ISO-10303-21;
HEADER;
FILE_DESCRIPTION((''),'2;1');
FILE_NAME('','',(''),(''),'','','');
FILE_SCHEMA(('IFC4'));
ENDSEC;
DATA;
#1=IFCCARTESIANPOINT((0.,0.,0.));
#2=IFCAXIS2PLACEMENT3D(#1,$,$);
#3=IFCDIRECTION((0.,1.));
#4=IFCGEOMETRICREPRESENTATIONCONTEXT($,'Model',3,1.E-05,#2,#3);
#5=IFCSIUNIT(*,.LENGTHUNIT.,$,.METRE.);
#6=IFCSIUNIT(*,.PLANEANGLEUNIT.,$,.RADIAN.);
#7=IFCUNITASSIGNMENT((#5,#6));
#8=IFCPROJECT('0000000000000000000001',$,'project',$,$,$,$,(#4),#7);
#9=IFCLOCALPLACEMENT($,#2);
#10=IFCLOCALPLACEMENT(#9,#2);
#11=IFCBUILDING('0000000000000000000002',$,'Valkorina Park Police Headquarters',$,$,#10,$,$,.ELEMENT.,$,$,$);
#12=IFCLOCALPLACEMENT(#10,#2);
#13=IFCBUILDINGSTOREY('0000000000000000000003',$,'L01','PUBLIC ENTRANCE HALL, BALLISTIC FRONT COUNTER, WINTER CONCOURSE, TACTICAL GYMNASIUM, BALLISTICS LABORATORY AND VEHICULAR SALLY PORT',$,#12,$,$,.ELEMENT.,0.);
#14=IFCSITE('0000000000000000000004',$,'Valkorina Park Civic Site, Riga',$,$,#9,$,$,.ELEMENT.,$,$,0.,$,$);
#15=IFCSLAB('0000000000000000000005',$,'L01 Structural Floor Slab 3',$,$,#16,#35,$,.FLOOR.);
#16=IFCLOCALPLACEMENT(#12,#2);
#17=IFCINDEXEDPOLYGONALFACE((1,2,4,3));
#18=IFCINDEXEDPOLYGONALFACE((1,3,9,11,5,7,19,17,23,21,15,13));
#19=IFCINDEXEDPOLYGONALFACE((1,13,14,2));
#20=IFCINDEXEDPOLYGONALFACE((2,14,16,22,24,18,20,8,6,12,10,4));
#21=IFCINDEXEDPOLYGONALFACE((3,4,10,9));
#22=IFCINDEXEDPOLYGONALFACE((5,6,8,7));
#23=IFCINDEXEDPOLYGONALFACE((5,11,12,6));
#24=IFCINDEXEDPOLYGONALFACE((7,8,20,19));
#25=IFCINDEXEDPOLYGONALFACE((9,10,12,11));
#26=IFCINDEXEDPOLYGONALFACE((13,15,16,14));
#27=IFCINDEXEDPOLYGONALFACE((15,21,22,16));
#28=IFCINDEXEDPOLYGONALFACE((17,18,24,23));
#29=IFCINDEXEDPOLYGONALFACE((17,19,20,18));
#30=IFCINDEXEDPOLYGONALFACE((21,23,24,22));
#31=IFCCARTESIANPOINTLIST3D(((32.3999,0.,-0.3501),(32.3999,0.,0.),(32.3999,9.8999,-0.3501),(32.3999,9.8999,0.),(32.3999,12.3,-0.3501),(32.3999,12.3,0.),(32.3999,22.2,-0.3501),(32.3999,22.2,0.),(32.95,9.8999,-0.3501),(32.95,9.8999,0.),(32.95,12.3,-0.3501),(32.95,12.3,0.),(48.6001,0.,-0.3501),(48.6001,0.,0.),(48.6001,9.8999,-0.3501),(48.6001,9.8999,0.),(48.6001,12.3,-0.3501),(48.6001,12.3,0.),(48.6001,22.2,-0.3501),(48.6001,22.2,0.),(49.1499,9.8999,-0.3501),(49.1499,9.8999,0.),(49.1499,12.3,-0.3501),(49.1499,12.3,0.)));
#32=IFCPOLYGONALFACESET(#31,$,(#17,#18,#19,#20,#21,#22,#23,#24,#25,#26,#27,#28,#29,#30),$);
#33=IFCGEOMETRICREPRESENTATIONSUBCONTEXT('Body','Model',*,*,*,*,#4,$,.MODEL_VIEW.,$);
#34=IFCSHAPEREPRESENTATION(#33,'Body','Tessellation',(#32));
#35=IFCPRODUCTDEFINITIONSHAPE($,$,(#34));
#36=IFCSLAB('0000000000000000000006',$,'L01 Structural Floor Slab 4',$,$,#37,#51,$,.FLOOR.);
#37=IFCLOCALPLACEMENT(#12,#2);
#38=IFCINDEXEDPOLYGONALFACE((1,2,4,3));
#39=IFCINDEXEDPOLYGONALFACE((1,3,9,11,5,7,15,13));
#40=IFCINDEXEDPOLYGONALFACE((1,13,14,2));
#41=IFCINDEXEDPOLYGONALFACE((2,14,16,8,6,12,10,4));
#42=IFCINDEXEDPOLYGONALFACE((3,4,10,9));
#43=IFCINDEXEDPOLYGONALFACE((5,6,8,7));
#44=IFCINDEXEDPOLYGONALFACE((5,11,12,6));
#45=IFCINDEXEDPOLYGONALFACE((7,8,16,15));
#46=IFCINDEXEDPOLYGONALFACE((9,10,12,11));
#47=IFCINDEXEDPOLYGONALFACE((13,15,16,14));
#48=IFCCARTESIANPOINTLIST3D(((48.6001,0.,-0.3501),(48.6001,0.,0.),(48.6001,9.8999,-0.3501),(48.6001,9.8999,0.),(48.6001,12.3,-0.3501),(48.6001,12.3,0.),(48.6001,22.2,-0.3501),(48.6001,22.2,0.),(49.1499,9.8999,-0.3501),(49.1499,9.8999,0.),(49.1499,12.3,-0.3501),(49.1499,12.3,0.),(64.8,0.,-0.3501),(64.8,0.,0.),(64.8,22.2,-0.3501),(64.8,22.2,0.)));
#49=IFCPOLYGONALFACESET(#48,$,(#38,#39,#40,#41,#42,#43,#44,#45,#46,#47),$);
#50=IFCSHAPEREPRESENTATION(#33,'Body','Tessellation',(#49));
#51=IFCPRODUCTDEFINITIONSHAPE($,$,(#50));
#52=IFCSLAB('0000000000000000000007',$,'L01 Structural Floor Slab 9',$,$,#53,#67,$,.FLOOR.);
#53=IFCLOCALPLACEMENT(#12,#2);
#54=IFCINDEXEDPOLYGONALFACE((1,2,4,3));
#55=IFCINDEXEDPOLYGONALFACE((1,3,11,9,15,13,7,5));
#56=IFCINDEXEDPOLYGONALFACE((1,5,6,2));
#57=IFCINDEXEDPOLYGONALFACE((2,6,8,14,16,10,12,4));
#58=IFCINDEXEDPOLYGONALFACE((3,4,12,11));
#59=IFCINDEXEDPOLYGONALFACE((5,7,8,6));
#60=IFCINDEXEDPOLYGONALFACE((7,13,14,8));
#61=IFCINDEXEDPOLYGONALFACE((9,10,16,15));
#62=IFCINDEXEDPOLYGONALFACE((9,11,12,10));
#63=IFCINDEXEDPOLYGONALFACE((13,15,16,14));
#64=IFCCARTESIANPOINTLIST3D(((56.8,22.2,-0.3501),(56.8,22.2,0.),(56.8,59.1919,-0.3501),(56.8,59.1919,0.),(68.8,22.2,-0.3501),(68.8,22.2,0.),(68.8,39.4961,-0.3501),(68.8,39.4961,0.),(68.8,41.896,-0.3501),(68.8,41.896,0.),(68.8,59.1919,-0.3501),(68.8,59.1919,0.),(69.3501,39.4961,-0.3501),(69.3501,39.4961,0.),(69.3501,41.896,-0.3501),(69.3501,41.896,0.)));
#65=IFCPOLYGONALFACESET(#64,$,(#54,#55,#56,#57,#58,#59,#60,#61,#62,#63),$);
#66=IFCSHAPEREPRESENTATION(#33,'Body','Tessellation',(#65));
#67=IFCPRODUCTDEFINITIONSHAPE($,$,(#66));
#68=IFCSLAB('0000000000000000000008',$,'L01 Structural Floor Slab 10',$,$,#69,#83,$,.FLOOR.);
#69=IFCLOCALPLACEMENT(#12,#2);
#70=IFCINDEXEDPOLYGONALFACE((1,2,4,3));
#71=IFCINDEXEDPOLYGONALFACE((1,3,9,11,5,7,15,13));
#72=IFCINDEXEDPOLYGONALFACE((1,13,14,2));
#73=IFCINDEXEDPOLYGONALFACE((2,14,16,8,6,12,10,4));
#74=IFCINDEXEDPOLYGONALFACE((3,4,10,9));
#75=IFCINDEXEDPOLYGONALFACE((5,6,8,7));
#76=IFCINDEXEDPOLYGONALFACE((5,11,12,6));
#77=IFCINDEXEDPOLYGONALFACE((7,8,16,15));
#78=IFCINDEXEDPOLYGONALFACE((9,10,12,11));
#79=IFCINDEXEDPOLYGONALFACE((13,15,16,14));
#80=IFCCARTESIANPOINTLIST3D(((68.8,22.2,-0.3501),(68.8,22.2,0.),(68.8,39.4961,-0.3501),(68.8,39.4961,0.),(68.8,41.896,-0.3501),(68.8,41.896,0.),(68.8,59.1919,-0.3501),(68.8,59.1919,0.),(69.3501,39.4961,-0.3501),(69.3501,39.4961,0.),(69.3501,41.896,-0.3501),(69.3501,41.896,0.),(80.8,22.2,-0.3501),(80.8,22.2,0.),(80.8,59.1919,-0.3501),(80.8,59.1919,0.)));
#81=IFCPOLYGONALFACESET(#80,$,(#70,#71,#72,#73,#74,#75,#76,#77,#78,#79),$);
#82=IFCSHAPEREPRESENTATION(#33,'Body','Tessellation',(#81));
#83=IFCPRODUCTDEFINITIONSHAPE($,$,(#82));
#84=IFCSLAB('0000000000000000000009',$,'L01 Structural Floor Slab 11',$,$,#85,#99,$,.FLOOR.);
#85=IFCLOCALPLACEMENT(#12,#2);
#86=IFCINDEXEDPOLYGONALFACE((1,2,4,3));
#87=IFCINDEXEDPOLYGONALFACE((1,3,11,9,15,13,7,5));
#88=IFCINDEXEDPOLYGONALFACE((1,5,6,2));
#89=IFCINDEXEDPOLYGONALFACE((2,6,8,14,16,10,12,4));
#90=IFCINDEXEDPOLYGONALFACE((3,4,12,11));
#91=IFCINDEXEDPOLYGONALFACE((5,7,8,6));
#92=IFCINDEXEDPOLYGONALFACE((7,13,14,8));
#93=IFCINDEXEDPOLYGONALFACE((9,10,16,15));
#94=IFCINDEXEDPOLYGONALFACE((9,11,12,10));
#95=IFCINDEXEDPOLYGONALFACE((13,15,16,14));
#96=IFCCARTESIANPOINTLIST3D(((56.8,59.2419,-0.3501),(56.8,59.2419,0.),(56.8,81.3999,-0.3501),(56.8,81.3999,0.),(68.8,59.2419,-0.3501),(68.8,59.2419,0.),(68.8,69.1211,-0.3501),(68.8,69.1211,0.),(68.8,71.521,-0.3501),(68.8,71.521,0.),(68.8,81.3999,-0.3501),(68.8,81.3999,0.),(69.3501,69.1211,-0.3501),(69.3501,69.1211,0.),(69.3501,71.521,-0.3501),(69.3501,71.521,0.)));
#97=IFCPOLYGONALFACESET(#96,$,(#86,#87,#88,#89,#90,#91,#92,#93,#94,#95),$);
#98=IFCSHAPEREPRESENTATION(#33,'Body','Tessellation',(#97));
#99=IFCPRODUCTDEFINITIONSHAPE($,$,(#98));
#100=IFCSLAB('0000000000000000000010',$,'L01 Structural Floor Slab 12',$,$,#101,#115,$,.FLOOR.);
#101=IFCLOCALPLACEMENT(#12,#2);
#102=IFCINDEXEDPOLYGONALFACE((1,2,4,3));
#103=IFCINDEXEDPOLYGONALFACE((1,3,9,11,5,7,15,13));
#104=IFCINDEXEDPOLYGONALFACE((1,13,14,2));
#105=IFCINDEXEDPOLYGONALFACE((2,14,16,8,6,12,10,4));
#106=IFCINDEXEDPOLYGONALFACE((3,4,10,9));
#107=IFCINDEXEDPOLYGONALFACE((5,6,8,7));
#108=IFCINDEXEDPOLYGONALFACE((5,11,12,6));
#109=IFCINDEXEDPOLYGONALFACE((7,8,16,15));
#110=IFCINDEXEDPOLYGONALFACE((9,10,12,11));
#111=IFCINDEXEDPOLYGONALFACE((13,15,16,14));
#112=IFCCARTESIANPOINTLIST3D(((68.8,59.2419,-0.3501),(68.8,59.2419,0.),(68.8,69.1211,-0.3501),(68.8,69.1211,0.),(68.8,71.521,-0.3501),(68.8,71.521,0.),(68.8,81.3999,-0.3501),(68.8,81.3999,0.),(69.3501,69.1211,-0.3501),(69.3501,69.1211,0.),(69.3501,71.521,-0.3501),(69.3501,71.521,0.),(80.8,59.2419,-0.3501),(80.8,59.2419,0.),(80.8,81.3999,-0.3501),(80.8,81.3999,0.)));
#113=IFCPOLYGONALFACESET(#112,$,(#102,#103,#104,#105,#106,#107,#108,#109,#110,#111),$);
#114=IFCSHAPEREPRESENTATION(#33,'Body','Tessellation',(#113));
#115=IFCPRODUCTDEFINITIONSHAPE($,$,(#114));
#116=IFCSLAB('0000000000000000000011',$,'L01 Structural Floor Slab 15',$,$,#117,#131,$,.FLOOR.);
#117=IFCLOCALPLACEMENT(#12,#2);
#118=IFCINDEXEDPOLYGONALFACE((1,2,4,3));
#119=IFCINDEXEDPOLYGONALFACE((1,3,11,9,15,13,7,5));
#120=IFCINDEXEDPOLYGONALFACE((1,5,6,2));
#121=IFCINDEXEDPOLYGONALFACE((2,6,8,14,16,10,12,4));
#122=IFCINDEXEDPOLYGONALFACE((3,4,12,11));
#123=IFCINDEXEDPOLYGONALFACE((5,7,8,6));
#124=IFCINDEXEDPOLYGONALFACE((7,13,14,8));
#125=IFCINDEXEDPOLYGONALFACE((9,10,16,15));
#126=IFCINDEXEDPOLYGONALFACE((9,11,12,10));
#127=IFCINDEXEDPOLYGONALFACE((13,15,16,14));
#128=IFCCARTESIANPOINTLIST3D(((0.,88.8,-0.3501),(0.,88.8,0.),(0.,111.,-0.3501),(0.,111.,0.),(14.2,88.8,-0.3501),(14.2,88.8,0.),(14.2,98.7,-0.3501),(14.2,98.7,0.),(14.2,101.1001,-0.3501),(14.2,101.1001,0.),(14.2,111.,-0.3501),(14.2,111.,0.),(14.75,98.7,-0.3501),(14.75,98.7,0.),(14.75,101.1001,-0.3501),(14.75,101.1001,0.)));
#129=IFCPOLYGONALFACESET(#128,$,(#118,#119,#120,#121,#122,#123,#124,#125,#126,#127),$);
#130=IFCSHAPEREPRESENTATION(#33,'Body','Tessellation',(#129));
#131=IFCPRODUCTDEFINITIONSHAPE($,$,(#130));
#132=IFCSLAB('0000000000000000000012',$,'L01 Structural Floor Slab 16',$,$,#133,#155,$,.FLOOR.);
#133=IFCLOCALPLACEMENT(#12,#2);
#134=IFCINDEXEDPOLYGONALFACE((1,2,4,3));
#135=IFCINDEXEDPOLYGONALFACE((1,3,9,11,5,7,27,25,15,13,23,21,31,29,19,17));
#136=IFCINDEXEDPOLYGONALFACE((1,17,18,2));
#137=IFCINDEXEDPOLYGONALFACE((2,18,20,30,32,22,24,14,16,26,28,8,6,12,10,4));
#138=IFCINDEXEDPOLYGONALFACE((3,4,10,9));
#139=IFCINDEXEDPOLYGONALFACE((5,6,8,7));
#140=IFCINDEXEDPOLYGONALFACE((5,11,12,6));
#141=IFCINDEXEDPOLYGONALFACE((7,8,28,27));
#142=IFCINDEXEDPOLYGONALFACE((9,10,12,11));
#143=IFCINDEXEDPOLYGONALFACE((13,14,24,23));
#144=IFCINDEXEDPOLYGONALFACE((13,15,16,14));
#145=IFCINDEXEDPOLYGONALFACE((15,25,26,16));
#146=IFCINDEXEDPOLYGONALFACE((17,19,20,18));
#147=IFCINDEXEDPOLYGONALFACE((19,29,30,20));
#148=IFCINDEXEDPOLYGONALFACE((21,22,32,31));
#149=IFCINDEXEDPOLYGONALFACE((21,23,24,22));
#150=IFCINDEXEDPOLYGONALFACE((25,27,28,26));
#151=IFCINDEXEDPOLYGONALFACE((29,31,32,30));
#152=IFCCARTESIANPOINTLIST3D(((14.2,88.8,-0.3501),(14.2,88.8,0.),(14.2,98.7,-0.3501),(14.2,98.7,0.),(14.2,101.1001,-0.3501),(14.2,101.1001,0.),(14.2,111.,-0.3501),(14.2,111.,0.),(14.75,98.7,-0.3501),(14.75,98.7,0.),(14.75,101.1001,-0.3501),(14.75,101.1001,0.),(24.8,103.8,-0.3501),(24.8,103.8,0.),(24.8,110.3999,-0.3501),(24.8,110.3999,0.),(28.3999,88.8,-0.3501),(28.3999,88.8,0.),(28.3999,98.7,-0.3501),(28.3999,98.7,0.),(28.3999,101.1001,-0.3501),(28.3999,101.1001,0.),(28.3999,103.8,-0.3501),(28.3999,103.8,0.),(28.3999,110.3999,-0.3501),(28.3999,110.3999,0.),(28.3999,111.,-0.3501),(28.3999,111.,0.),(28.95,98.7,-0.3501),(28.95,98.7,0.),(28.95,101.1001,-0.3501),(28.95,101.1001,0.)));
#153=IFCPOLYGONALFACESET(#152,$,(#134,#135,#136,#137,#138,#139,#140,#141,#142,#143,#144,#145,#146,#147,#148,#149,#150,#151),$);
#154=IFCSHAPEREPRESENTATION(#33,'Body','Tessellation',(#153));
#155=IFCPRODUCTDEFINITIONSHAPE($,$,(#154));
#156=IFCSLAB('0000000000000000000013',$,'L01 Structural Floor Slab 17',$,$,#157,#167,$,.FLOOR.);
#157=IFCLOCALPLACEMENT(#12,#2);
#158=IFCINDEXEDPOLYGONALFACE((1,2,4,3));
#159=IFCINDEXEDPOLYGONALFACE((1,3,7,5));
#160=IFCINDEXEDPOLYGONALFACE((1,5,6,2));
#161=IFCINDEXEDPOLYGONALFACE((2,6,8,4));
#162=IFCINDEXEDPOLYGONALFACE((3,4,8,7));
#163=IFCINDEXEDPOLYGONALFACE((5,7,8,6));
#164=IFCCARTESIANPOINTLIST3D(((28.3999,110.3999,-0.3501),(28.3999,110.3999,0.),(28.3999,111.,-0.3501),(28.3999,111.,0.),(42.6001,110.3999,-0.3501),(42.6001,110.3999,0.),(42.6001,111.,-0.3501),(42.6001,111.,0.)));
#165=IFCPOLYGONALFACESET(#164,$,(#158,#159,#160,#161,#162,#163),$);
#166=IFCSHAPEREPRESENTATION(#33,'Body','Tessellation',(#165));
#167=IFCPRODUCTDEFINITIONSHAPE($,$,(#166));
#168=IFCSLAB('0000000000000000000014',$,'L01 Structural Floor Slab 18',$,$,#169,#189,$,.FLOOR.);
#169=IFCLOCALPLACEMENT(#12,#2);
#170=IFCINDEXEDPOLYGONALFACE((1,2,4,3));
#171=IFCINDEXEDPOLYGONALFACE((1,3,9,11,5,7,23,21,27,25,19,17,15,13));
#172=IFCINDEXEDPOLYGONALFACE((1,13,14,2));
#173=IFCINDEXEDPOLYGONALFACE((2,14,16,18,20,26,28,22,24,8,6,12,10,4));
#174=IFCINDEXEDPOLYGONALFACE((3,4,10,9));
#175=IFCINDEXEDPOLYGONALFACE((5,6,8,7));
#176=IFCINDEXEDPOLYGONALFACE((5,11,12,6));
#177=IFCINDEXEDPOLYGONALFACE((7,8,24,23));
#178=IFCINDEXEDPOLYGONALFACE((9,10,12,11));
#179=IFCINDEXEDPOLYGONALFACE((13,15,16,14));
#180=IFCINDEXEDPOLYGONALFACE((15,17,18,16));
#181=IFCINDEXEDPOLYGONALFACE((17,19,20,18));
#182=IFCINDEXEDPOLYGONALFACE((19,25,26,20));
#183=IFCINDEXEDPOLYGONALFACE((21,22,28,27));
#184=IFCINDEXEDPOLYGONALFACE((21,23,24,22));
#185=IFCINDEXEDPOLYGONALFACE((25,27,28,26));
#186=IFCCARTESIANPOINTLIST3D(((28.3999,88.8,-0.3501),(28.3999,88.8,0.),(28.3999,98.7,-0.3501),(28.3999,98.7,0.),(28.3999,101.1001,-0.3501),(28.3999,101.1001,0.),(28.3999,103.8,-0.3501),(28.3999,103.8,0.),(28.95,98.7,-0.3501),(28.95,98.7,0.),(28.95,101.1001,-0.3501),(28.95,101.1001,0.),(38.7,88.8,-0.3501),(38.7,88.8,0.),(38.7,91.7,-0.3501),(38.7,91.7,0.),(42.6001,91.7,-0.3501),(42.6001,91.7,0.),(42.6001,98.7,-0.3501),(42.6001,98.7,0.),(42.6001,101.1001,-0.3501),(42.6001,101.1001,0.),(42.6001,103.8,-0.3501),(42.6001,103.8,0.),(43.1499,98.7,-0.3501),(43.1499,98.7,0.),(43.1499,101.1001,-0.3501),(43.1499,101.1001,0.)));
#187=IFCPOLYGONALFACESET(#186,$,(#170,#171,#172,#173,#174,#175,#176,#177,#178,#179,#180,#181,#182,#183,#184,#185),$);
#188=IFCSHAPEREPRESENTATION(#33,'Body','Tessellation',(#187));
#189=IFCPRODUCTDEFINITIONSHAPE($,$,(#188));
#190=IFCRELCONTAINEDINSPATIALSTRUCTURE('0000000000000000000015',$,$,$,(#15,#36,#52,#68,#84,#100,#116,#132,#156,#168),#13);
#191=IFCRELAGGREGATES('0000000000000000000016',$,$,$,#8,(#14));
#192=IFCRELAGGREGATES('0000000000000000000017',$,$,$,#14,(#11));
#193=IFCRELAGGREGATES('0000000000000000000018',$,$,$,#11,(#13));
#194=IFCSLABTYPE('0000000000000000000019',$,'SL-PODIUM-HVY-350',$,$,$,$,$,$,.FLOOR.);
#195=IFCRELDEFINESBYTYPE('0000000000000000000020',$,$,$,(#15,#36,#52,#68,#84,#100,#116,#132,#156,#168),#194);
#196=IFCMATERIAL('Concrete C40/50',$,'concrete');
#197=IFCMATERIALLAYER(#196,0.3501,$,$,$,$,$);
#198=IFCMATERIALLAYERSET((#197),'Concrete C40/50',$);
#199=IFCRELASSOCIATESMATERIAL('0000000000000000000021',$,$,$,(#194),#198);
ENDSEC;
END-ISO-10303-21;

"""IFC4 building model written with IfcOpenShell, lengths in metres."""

from ifc_helpers import new_model, si_unit, direction, frame, origin, place, context, subcontext, project, spatial, polyline, outline, extrude, material, layer, layer_set, type_object, element, save


model = new_model("IFC4")

# Units and contexts
model_context = context("Model", 3, precision=1e-05, world=origin(), true_north=direction((0.0, 1.0)))
body_context = subcontext(model_context, "Body", "Model", "MODEL_VIEW")
ifc_project = project(units=[si_unit("LENGTHUNIT", "METRE"), si_unit("PLANEANGLEUNIT", "RADIAN")], contexts=[model_context])

# Site, building, storey
site_placement = place(None, origin())
site = spatial("IfcSite", under=ifc_project, at=site_placement, Name="Valkorina Park Civic Site, Riga", CompositionType="ELEMENT", RefElevation=0.0)
building_placement = place(site_placement, origin())
building = spatial("IfcBuilding", under=site, at=building_placement, Name="Valkorina Park Police Headquarters", CompositionType="ELEMENT")
storey_placement = place(building_placement, origin())
storey = spatial("IfcBuildingStorey", under=building, at=storey_placement, Name="L01", Description="PUBLIC ENTRANCE HALL, BALLISTIC FRONT COUNTER, WINTER CONCOURSE, TACTICAL GYMNASIUM, BALLISTICS LABORATORY AND VEHICULAR SALLY PORT", CompositionType="ELEMENT", Elevation=0.0)

# Slabs
ifc_material_1 = material(Name="Concrete C40/50", Category="concrete")
ifc_layer_1 = layer(ifc_material_1, 0.3501)
ifc_layer_set_1 = layer_set([ifc_layer_1], Name="Concrete C40/50")
slab_type_1 = type_object("IfcSlabType", Name="SL-PODIUM-HVY-350", PredefinedType="FLOOR", material=ifc_layer_set_1)
slab_1_placement = place(storey_placement, frame((0.0, 0.0, -0.3501)))
element("IfcSlab", 1, at=slab_1_placement, inside=storey, type_object=slab_type_1, Name="L01 Structural Floor Slab 3", PredefinedType="FLOOR", context=body_context, shape_type="SweptSolid", body=[
    extrude(outline(polyline([(48.6001, 22.2), (32.3999, 22.2), (32.3999, 12.3), (32.95, 12.3), (32.95, 9.8999), (32.3999, 9.8999), (32.3999, 0.0), (48.6001, 0.0), (48.6001, 9.8999), (49.1499, 9.8999), (49.1499, 12.3), (48.6001, 12.3), (48.6001, 22.2)])), origin(), (0.0, 0.0, 1.0), 0.3501),
])
slab_2_placement = place(storey_placement, frame((0.0, 0.0, -0.3501)))
element("IfcSlab", 2, at=slab_2_placement, inside=storey, type_object=slab_type_1, Name="L01 Structural Floor Slab 4", PredefinedType="FLOOR", context=body_context, shape_type="SweptSolid", body=[
    extrude(outline(polyline([(48.6001, 22.2), (48.6001, 12.3), (49.1499, 12.3), (49.1499, 9.8999), (48.6001, 9.8999), (48.6001, 0.0), (64.8, 0.0), (64.8, 22.2), (48.6001, 22.2)])), origin(), (0.0, 0.0, 1.0), 0.3501),
])
slab_3_placement = place(storey_placement, frame((0.0, 0.0, -0.3501)))
element("IfcSlab", 3, at=slab_3_placement, inside=storey, type_object=slab_type_1, Name="L01 Structural Floor Slab 9", PredefinedType="FLOOR", context=body_context, shape_type="SweptSolid", body=[
    extrude(outline(polyline([(68.8, 22.2), (68.8, 39.4961), (69.3501, 39.4961), (69.3501, 41.896), (68.8, 41.896), (68.8, 59.1919), (56.8, 59.1919), (56.8, 22.2), (68.8, 22.2)])), origin(), (0.0, 0.0, 1.0), 0.3501),
])
slab_4_placement = place(storey_placement, frame((0.0, 0.0, -0.3501)))
element("IfcSlab", 4, at=slab_4_placement, inside=storey, type_object=slab_type_1, Name="L01 Structural Floor Slab 10", PredefinedType="FLOOR", context=body_context, shape_type="SweptSolid", body=[
    extrude(outline(polyline([(68.8, 59.1919), (68.8, 41.896), (69.3501, 41.896), (69.3501, 39.4961), (68.8, 39.4961), (68.8, 22.2), (80.8, 22.2), (80.8, 59.1919), (68.8, 59.1919)])), origin(), (0.0, 0.0, 1.0), 0.3501),
])
slab_5_placement = place(storey_placement, frame((0.0, 0.0, -0.3501)))
element("IfcSlab", 5, at=slab_5_placement, inside=storey, type_object=slab_type_1, Name="L01 Structural Floor Slab 11", PredefinedType="FLOOR", context=body_context, shape_type="SweptSolid", body=[
    extrude(outline(polyline([(68.8, 59.2419), (68.8, 69.1211), (69.3501, 69.1211), (69.3501, 71.521), (68.8, 71.521), (68.8, 81.3999), (56.8, 81.3999), (56.8, 59.2419), (68.8, 59.2419)])), origin(), (0.0, 0.0, 1.0), 0.3501),
])
slab_6_placement = place(storey_placement, frame((0.0, 0.0, -0.3501)))
element("IfcSlab", 6, at=slab_6_placement, inside=storey, type_object=slab_type_1, Name="L01 Structural Floor Slab 12", PredefinedType="FLOOR", context=body_context, shape_type="SweptSolid", body=[
    extrude(outline(polyline([(68.8, 81.3999), (68.8, 71.521), (69.3501, 71.521), (69.3501, 69.1211), (68.8, 69.1211), (68.8, 59.2419), (80.8, 59.2419), (80.8, 81.3999), (68.8, 81.3999)])), origin(), (0.0, 0.0, 1.0), 0.3501),
])
slab_7_placement = place(storey_placement, frame((0.0, 0.0, -0.3501)))
element("IfcSlab", 7, at=slab_7_placement, inside=storey, type_object=slab_type_1, Name="L01 Structural Floor Slab 15", PredefinedType="FLOOR", context=body_context, shape_type="SweptSolid", body=[
    extrude(outline(polyline([(14.2, 88.8), (14.2, 98.7), (14.75, 98.7), (14.75, 101.1001), (14.2, 101.1001), (14.2, 111.0), (0.0, 111.0), (0.0, 88.8), (14.2, 88.8)])), origin(), (0.0, 0.0, 1.0), 0.3501),
])
slab_8_placement = place(storey_placement, frame((0.0, 0.0, -0.3501)))
element("IfcSlab", 8, at=slab_8_placement, inside=storey, type_object=slab_type_1, Name="L01 Structural Floor Slab 16", PredefinedType="FLOOR", context=body_context, shape_type="SweptSolid", body=[
    extrude(outline(polyline([(28.3999, 111.0), (14.2, 111.0), (14.2, 101.1001), (14.75, 101.1001), (14.75, 98.7), (14.2, 98.7), (14.2, 88.8), (28.3999, 88.8), (28.3999, 98.7), (28.95, 98.7), (28.95, 101.1001), (28.3999, 101.1001), (28.3999, 103.8), (24.8, 103.8), (24.8, 110.3999), (28.3999, 110.3999), (28.3999, 111.0)])), origin(), (0.0, 0.0, 1.0), 0.3501),
])
slab_9_placement = place(storey_placement, frame((0.0, 0.0, -0.3501)))
element("IfcSlab", 9, at=slab_9_placement, inside=storey, type_object=slab_type_1, Name="L01 Structural Floor Slab 17", PredefinedType="FLOOR", context=body_context, shape_type="SweptSolid", body=[
    extrude(outline(polyline([(42.6001, 111.0), (28.3999, 111.0), (28.3999, 110.3999), (42.6001, 110.3999), (42.6001, 111.0)])), origin(), (0.0, 0.0, 1.0), 0.3501),
])
slab_10_placement = place(storey_placement, frame((0.0, 0.0, -0.3501)))
element("IfcSlab", 10, at=slab_10_placement, inside=storey, type_object=slab_type_1, Name="L01 Structural Floor Slab 18", PredefinedType="FLOOR", context=body_context, shape_type="SweptSolid", body=[
    extrude(outline(polyline([(42.6001, 103.8), (28.3999, 103.8), (28.3999, 101.1001), (28.95, 101.1001), (28.95, 98.7), (28.3999, 98.7), (28.3999, 88.8), (38.7, 88.8), (38.7, 91.7), (42.6001, 91.7), (42.6001, 98.7), (43.1499, 98.7), (43.1499, 101.1001), (42.6001, 101.1001), (42.6001, 103.8)])), origin(), (0.0, 0.0, 1.0), 0.3501),
])

save(model, "model.ifc")
